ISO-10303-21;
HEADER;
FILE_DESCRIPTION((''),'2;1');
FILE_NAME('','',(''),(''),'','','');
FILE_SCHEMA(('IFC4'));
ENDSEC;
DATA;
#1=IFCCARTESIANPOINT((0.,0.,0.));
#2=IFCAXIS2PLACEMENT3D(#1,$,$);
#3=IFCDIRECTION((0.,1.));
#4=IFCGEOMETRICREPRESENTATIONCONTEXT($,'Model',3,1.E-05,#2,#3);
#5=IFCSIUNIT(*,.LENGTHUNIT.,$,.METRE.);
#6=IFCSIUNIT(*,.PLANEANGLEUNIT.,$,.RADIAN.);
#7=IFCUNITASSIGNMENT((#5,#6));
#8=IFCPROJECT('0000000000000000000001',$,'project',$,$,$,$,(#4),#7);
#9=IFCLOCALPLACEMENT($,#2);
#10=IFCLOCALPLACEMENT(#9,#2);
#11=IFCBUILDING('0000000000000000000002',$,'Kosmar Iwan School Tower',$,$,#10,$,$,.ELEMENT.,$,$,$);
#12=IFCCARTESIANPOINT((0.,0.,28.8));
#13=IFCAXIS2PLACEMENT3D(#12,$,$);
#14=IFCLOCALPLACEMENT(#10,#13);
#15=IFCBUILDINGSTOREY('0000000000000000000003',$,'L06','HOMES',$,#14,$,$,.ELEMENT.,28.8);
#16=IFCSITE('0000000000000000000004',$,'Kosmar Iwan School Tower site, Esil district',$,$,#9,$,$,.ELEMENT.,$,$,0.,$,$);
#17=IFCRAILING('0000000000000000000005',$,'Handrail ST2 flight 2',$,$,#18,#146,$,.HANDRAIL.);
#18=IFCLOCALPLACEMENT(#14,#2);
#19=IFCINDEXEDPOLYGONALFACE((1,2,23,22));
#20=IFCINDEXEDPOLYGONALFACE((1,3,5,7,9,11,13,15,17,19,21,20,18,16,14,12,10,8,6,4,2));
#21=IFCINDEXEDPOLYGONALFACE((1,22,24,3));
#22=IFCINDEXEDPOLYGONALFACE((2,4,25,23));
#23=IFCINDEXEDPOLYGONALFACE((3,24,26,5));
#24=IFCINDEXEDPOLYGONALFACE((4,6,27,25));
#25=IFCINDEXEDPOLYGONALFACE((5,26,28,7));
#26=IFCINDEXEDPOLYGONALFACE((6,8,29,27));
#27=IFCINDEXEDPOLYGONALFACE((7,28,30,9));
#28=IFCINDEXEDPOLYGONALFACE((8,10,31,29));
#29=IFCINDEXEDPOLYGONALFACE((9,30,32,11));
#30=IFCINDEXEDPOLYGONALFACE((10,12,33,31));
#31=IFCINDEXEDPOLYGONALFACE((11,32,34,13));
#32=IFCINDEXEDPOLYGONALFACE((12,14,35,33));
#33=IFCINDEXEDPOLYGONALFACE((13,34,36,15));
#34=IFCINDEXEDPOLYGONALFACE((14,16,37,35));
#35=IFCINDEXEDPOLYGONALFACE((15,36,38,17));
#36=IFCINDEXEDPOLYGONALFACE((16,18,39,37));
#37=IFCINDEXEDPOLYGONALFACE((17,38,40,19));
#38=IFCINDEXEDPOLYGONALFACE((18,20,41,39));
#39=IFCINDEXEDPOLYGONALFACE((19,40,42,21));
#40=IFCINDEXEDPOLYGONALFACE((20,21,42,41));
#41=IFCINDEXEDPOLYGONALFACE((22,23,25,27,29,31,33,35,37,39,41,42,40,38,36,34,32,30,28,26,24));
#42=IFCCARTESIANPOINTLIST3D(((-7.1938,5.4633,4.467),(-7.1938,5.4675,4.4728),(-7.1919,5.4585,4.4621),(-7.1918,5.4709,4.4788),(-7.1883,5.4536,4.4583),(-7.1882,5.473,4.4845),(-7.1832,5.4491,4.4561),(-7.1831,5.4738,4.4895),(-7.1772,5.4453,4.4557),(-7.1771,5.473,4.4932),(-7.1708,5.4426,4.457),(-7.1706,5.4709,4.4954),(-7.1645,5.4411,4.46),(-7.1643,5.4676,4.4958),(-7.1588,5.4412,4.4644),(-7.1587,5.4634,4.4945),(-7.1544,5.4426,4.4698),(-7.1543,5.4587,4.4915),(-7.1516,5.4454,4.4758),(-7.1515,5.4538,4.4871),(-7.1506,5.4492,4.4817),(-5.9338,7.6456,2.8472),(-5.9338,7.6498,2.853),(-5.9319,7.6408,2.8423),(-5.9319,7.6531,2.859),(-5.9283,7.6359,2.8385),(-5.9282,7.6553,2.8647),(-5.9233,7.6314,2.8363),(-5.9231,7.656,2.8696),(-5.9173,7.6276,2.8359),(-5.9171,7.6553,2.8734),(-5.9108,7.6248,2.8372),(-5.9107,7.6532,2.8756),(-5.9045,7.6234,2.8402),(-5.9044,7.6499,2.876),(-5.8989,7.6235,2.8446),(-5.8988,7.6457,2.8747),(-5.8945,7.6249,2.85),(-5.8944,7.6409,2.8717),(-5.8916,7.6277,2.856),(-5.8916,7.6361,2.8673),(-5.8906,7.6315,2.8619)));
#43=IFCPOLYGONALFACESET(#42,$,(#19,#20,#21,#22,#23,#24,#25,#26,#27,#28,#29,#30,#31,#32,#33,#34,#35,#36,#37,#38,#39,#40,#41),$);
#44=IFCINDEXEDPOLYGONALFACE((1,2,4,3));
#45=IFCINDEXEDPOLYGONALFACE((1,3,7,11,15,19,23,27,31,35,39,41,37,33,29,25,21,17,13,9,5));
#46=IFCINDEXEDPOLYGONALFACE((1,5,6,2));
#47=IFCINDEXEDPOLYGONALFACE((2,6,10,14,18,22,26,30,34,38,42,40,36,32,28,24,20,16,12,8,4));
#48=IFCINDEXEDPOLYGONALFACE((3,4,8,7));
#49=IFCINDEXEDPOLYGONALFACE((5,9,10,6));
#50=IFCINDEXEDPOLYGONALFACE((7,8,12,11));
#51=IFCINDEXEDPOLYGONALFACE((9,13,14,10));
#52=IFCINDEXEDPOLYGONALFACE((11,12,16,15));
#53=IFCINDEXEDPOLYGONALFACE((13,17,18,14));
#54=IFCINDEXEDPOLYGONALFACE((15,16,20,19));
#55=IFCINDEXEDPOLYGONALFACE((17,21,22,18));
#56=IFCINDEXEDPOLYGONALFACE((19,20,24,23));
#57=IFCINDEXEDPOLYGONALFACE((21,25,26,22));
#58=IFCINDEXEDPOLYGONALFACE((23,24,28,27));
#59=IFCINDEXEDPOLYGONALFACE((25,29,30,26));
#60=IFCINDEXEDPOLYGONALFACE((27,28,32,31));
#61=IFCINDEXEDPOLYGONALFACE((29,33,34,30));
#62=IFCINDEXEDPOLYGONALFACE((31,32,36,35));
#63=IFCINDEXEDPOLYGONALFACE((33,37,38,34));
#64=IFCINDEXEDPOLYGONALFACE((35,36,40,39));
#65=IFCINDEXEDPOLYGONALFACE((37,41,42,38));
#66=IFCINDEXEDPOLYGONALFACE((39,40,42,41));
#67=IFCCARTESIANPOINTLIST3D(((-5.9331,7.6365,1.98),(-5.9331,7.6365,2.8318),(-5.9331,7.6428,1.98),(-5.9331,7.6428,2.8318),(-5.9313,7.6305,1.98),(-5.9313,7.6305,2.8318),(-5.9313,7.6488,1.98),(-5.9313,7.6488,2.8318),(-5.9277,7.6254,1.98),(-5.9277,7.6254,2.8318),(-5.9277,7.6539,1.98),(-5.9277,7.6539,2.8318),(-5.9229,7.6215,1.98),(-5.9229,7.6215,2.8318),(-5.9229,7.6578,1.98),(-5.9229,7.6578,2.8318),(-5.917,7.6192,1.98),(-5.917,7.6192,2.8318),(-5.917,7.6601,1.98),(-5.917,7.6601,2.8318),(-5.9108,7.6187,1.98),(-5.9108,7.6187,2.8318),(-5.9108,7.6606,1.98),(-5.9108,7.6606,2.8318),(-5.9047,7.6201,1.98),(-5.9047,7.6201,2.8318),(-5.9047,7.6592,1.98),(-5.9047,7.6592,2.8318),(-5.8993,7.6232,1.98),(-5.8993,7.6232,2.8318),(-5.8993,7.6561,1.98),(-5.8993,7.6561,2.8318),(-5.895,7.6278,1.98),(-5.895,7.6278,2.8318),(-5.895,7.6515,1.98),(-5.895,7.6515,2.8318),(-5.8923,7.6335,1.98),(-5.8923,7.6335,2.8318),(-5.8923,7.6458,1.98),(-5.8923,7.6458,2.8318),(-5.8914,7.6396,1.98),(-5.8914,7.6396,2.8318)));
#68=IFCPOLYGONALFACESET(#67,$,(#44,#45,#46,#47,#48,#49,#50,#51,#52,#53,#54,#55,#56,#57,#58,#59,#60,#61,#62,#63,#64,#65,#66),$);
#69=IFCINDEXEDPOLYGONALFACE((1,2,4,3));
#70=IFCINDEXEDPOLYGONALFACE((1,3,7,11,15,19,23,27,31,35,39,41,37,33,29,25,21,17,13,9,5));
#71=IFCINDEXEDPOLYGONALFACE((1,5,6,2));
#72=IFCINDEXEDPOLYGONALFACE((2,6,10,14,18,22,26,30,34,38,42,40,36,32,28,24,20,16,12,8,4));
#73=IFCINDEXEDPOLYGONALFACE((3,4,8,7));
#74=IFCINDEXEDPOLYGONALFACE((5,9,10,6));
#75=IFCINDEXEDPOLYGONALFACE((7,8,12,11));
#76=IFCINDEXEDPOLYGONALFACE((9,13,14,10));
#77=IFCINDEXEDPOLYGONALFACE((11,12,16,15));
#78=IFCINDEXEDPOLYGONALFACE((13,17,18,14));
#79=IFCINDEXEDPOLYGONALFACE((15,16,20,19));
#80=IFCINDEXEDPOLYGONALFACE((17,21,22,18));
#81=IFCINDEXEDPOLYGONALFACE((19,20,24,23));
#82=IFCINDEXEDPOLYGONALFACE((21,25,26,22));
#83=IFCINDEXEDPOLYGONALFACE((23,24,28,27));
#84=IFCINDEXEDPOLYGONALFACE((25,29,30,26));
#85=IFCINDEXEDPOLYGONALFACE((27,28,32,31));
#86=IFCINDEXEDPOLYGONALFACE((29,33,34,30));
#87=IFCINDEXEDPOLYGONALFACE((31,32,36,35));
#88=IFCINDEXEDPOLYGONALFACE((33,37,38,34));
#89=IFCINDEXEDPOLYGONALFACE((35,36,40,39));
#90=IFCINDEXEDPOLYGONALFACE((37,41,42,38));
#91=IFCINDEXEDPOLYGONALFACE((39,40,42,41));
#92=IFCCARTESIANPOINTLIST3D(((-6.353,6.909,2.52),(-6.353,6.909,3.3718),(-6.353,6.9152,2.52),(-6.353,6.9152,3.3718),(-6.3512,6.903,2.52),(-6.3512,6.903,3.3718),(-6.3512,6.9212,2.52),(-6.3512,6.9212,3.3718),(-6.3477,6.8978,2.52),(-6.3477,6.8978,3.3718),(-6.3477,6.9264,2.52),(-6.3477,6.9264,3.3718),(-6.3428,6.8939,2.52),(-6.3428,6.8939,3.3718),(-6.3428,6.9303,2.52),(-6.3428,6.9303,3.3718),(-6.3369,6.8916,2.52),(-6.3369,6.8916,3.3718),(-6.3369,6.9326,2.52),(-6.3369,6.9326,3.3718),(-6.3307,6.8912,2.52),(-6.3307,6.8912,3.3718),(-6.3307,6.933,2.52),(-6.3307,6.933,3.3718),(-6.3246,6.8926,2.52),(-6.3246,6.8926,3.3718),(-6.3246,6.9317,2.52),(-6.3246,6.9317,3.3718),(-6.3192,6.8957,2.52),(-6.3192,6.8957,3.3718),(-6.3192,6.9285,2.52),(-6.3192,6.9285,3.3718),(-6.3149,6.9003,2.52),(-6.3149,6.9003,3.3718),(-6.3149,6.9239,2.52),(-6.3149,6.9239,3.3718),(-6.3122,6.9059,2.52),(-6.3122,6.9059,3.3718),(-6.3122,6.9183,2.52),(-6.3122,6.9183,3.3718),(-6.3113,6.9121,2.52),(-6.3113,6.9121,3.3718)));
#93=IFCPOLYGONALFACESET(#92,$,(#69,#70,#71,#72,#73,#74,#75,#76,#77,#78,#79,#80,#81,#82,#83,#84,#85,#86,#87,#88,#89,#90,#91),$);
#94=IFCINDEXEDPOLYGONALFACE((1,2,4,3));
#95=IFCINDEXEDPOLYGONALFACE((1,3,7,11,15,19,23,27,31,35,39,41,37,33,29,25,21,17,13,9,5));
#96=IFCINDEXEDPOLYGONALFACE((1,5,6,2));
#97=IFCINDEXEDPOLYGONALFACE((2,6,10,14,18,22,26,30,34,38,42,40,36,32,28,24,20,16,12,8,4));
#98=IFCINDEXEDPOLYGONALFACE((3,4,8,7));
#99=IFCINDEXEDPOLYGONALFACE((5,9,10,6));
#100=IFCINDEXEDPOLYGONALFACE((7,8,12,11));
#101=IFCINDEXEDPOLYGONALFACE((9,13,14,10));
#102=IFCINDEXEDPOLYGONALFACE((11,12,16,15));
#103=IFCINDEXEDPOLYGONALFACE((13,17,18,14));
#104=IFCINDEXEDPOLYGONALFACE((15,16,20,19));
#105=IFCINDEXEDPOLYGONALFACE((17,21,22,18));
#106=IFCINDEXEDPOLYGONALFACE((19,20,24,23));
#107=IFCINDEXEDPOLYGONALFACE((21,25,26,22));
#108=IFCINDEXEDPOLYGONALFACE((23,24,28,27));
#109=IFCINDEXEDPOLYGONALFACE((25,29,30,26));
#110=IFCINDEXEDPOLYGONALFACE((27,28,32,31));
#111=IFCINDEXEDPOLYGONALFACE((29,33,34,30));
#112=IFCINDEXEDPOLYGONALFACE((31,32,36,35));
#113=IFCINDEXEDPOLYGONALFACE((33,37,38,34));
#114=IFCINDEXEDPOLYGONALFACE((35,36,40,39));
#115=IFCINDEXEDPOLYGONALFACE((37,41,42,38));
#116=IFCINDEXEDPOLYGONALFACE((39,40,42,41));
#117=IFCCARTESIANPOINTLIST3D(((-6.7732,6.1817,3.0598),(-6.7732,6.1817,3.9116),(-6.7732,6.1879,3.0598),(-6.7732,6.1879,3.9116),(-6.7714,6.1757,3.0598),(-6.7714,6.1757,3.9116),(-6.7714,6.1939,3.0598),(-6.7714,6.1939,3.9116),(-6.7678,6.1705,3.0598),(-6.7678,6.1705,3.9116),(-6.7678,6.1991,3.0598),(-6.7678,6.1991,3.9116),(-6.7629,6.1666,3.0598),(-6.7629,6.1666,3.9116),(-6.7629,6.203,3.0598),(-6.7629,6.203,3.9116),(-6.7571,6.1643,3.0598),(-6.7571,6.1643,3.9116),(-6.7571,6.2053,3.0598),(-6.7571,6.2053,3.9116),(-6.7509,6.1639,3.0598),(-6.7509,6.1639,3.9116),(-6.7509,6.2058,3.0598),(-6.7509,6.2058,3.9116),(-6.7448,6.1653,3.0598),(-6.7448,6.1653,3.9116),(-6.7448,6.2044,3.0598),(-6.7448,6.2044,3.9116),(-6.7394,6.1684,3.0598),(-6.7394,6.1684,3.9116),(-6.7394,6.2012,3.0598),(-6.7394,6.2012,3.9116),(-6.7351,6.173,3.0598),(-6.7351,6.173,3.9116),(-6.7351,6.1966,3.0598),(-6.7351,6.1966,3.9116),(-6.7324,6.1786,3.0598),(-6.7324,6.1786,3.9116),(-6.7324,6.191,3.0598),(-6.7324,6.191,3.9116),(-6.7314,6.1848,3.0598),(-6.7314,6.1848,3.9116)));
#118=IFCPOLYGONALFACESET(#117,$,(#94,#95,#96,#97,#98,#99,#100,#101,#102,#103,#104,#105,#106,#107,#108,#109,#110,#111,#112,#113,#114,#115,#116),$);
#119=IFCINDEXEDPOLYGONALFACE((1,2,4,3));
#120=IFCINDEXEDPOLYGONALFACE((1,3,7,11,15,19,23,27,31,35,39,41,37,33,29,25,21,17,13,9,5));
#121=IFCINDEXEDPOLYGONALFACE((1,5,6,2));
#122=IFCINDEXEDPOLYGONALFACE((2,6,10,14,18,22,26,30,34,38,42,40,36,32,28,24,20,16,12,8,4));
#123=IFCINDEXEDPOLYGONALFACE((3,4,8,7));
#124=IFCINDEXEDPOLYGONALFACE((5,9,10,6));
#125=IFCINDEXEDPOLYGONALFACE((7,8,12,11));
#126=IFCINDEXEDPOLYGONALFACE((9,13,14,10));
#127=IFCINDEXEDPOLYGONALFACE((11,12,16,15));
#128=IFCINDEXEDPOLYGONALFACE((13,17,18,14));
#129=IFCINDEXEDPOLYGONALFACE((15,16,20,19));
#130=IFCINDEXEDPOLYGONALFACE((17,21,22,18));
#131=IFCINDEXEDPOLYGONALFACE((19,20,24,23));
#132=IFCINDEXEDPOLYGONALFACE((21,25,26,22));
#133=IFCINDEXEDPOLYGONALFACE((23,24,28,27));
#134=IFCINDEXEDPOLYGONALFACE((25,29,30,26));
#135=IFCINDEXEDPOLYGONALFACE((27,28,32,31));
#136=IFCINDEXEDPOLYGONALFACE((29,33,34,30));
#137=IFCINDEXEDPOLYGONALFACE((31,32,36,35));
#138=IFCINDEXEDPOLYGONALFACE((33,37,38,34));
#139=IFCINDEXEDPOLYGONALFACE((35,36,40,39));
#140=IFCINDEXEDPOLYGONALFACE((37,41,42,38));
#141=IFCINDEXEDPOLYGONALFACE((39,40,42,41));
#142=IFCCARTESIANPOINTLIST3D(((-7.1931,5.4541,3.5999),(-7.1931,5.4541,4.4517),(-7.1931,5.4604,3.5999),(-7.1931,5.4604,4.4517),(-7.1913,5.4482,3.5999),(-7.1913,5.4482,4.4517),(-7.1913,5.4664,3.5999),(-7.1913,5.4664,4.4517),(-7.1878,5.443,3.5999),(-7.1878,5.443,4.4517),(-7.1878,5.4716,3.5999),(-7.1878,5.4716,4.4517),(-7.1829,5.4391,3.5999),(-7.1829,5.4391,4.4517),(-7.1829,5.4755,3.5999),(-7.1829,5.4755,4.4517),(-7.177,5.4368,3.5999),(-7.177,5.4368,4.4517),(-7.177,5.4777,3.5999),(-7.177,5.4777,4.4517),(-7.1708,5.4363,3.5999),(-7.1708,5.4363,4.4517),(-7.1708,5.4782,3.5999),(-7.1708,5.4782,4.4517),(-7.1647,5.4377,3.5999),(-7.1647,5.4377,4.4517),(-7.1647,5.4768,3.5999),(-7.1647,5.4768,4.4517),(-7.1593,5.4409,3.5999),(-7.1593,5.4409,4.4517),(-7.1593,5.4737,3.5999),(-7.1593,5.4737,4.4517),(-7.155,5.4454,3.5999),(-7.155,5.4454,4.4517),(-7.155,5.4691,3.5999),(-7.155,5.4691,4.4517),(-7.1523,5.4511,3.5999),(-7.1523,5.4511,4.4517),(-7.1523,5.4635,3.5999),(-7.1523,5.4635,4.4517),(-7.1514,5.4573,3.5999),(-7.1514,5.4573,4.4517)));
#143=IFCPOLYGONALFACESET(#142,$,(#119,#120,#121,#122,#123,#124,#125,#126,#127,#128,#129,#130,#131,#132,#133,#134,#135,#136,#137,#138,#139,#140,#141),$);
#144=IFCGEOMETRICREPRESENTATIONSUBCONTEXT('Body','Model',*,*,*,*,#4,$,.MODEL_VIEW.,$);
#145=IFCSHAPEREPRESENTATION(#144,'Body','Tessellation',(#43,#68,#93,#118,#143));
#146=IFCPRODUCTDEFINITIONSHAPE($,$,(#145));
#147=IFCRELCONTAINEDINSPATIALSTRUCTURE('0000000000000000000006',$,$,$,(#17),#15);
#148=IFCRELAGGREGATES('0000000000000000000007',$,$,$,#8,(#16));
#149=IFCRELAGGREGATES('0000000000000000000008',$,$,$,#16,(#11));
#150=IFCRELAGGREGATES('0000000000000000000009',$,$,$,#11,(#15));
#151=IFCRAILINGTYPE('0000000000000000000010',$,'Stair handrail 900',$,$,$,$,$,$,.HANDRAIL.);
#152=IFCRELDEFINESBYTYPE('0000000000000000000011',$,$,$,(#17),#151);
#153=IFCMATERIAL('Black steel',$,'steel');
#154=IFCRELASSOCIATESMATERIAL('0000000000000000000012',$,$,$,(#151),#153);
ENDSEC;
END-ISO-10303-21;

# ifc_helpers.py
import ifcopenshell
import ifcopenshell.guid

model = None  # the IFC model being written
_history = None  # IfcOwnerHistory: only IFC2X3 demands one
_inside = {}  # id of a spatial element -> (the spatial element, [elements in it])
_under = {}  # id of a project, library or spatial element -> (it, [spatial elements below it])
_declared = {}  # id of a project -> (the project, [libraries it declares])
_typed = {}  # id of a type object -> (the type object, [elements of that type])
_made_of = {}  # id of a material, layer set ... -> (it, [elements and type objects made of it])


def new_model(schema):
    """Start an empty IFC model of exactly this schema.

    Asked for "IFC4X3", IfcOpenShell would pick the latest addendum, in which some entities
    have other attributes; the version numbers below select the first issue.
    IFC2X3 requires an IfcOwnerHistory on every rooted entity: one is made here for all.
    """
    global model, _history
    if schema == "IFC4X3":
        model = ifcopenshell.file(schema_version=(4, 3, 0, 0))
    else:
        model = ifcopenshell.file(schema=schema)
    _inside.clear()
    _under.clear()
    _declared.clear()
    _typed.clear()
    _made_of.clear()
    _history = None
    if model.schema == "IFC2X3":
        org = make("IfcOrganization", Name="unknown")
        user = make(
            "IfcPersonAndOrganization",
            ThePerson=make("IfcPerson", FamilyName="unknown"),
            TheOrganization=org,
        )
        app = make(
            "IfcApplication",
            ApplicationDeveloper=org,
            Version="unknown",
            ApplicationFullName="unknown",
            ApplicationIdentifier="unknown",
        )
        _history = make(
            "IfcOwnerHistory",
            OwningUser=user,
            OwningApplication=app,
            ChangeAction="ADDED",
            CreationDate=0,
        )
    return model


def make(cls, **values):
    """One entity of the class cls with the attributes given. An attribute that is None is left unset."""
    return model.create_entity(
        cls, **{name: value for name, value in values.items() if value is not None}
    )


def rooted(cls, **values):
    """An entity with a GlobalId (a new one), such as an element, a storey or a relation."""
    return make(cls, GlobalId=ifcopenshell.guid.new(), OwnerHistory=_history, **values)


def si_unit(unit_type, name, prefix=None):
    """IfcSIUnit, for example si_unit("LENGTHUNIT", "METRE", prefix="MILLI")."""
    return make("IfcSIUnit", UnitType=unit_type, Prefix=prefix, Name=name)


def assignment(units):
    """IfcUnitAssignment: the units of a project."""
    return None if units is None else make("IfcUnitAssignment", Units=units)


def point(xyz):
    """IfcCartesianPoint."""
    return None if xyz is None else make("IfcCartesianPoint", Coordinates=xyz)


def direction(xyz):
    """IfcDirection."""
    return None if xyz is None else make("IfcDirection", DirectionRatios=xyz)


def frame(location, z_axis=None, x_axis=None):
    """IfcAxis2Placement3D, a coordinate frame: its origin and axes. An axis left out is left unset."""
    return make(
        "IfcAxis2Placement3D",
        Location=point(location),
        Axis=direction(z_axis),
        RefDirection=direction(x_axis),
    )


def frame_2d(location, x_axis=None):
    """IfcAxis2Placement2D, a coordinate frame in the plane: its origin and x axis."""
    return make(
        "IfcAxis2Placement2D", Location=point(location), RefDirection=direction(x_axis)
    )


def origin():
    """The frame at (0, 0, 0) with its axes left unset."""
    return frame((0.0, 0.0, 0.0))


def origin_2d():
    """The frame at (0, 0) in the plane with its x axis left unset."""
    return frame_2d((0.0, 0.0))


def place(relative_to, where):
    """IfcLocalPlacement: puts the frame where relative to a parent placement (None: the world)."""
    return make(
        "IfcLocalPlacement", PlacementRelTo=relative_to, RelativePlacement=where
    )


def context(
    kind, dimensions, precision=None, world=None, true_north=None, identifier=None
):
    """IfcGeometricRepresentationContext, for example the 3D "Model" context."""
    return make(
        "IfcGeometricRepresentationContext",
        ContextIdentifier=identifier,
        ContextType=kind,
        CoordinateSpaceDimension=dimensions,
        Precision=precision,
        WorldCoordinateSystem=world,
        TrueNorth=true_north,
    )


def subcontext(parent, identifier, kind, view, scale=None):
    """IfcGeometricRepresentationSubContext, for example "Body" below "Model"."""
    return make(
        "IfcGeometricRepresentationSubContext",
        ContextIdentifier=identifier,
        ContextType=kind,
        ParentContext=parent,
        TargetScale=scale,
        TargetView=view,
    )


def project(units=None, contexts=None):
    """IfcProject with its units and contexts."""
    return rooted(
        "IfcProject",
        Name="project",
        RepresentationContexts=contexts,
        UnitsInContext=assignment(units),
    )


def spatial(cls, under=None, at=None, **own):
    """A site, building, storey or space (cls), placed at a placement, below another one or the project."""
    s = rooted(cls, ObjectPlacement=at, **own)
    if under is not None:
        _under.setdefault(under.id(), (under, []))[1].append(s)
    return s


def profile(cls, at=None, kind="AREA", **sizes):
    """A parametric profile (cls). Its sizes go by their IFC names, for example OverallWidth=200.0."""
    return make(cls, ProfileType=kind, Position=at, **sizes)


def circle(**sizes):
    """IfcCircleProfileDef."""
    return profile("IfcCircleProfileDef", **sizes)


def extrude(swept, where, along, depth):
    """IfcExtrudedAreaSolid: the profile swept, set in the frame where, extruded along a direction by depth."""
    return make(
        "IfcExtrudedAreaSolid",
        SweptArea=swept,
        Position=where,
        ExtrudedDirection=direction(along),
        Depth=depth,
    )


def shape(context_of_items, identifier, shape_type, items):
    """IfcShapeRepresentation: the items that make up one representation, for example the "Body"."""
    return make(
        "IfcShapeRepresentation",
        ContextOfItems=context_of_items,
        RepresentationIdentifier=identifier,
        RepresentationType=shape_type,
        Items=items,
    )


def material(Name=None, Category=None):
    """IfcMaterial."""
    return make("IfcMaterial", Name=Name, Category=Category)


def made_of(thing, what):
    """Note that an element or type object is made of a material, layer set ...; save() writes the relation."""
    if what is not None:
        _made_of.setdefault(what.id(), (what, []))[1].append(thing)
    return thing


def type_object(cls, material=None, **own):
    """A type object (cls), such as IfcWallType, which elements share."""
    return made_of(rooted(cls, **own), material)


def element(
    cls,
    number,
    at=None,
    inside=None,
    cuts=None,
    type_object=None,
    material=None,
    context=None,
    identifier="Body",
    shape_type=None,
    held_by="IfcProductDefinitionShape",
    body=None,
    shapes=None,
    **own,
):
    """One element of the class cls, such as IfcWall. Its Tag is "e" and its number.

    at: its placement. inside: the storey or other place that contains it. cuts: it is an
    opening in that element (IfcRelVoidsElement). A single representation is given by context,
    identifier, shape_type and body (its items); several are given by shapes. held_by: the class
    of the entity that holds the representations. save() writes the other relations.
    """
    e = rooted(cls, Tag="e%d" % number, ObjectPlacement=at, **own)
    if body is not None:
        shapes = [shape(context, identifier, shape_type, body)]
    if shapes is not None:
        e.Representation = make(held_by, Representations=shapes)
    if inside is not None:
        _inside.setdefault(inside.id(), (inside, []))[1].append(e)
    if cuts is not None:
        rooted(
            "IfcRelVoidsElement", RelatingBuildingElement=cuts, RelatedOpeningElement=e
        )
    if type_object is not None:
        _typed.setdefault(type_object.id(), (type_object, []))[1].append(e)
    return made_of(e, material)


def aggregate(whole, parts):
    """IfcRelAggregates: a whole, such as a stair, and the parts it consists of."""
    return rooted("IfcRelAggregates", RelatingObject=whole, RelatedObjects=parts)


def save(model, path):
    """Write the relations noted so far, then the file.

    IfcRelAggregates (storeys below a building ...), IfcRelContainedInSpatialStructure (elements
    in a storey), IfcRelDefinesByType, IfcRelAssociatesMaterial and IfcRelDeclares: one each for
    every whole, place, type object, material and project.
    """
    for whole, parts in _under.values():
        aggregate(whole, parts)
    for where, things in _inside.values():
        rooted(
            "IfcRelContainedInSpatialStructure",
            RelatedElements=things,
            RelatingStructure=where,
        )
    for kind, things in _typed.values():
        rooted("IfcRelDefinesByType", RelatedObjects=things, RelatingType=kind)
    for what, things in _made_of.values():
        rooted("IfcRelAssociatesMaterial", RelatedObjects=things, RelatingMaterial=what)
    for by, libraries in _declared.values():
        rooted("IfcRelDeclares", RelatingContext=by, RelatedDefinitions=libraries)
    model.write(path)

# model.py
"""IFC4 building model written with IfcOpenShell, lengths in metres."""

from ifc_helpers import new_model, si_unit, direction, frame, origin, origin_2d, place, context, subcontext, project, spatial, circle, extrude, material, type_object, element, save


model = new_model("IFC4")

# Units and contexts
model_context = context("Model", 3, precision=1e-05, world=origin(), true_north=direction((0.0, 1.0)))
body_context = subcontext(model_context, "Body", "Model", "MODEL_VIEW")
ifc_project = project(units=[si_unit("LENGTHUNIT", "METRE"), si_unit("PLANEANGLEUNIT", "RADIAN")], contexts=[model_context])

# Site, building, storey
site_placement = place(None, origin())
site = spatial("IfcSite", under=ifc_project, at=site_placement, Name="Kosmar Iwan School Tower site, Esil district", CompositionType="ELEMENT", RefElevation=0.0)
building_placement = place(site_placement, origin())
building = spatial("IfcBuilding", under=site, at=building_placement, Name="Kosmar Iwan School Tower", CompositionType="ELEMENT")
storey_placement = place(building_placement, frame((0.0, 0.0, 28.8)))
storey = spatial("IfcBuildingStorey", under=building, at=storey_placement, Name="L06", Description="HOMES", CompositionType="ELEMENT", Elevation=28.8)

# Railing
ifc_material_1 = material(Name="Black steel", Category="steel")
railing_type = type_object("IfcRailingType", Name="Stair handrail 900", PredefinedType="HANDRAIL", material=ifc_material_1)
railing_placement = place(storey_placement, frame((-5.9124, 7.6396, 1.98)))
element("IfcRailing", 1, at=railing_placement, inside=storey, type_object=railing_type, Name="Handrail ST2 flight 2", PredefinedType="HANDRAIL", context=body_context, shape_type="SweptSolid", body=[
    extrude(circle(Radius=0.0239, at=origin_2d()), frame((0.0, 0.0, 0.876), z_axis=(-0.420603, -0.728496, 0.540728), x_axis=(0.866023, -0.500005, 0.0)), (0.0, 0.0, 1.0), 2.9956),
    extrude(circle(Radius=0.021, at=origin_2d()), origin(), (0.0, 0.0, 1.0), 0.8518),
    extrude(circle(Radius=0.021, at=origin_2d()), frame((-0.4199, -0.7275, 0.54)), (0.0, 0.0, 1.0), 0.8518),
    extrude(circle(Radius=0.021, at=origin_2d()), frame((-0.8401, -1.4548, 1.0798)), (0.0, 0.0, 1.0), 0.8518),
    extrude(circle(Radius=0.021, at=origin_2d()), frame((-1.26, -2.1824, 1.6199)), (0.0, 0.0, 1.0), 0.8518),
])

save(model, "model.ifc")
